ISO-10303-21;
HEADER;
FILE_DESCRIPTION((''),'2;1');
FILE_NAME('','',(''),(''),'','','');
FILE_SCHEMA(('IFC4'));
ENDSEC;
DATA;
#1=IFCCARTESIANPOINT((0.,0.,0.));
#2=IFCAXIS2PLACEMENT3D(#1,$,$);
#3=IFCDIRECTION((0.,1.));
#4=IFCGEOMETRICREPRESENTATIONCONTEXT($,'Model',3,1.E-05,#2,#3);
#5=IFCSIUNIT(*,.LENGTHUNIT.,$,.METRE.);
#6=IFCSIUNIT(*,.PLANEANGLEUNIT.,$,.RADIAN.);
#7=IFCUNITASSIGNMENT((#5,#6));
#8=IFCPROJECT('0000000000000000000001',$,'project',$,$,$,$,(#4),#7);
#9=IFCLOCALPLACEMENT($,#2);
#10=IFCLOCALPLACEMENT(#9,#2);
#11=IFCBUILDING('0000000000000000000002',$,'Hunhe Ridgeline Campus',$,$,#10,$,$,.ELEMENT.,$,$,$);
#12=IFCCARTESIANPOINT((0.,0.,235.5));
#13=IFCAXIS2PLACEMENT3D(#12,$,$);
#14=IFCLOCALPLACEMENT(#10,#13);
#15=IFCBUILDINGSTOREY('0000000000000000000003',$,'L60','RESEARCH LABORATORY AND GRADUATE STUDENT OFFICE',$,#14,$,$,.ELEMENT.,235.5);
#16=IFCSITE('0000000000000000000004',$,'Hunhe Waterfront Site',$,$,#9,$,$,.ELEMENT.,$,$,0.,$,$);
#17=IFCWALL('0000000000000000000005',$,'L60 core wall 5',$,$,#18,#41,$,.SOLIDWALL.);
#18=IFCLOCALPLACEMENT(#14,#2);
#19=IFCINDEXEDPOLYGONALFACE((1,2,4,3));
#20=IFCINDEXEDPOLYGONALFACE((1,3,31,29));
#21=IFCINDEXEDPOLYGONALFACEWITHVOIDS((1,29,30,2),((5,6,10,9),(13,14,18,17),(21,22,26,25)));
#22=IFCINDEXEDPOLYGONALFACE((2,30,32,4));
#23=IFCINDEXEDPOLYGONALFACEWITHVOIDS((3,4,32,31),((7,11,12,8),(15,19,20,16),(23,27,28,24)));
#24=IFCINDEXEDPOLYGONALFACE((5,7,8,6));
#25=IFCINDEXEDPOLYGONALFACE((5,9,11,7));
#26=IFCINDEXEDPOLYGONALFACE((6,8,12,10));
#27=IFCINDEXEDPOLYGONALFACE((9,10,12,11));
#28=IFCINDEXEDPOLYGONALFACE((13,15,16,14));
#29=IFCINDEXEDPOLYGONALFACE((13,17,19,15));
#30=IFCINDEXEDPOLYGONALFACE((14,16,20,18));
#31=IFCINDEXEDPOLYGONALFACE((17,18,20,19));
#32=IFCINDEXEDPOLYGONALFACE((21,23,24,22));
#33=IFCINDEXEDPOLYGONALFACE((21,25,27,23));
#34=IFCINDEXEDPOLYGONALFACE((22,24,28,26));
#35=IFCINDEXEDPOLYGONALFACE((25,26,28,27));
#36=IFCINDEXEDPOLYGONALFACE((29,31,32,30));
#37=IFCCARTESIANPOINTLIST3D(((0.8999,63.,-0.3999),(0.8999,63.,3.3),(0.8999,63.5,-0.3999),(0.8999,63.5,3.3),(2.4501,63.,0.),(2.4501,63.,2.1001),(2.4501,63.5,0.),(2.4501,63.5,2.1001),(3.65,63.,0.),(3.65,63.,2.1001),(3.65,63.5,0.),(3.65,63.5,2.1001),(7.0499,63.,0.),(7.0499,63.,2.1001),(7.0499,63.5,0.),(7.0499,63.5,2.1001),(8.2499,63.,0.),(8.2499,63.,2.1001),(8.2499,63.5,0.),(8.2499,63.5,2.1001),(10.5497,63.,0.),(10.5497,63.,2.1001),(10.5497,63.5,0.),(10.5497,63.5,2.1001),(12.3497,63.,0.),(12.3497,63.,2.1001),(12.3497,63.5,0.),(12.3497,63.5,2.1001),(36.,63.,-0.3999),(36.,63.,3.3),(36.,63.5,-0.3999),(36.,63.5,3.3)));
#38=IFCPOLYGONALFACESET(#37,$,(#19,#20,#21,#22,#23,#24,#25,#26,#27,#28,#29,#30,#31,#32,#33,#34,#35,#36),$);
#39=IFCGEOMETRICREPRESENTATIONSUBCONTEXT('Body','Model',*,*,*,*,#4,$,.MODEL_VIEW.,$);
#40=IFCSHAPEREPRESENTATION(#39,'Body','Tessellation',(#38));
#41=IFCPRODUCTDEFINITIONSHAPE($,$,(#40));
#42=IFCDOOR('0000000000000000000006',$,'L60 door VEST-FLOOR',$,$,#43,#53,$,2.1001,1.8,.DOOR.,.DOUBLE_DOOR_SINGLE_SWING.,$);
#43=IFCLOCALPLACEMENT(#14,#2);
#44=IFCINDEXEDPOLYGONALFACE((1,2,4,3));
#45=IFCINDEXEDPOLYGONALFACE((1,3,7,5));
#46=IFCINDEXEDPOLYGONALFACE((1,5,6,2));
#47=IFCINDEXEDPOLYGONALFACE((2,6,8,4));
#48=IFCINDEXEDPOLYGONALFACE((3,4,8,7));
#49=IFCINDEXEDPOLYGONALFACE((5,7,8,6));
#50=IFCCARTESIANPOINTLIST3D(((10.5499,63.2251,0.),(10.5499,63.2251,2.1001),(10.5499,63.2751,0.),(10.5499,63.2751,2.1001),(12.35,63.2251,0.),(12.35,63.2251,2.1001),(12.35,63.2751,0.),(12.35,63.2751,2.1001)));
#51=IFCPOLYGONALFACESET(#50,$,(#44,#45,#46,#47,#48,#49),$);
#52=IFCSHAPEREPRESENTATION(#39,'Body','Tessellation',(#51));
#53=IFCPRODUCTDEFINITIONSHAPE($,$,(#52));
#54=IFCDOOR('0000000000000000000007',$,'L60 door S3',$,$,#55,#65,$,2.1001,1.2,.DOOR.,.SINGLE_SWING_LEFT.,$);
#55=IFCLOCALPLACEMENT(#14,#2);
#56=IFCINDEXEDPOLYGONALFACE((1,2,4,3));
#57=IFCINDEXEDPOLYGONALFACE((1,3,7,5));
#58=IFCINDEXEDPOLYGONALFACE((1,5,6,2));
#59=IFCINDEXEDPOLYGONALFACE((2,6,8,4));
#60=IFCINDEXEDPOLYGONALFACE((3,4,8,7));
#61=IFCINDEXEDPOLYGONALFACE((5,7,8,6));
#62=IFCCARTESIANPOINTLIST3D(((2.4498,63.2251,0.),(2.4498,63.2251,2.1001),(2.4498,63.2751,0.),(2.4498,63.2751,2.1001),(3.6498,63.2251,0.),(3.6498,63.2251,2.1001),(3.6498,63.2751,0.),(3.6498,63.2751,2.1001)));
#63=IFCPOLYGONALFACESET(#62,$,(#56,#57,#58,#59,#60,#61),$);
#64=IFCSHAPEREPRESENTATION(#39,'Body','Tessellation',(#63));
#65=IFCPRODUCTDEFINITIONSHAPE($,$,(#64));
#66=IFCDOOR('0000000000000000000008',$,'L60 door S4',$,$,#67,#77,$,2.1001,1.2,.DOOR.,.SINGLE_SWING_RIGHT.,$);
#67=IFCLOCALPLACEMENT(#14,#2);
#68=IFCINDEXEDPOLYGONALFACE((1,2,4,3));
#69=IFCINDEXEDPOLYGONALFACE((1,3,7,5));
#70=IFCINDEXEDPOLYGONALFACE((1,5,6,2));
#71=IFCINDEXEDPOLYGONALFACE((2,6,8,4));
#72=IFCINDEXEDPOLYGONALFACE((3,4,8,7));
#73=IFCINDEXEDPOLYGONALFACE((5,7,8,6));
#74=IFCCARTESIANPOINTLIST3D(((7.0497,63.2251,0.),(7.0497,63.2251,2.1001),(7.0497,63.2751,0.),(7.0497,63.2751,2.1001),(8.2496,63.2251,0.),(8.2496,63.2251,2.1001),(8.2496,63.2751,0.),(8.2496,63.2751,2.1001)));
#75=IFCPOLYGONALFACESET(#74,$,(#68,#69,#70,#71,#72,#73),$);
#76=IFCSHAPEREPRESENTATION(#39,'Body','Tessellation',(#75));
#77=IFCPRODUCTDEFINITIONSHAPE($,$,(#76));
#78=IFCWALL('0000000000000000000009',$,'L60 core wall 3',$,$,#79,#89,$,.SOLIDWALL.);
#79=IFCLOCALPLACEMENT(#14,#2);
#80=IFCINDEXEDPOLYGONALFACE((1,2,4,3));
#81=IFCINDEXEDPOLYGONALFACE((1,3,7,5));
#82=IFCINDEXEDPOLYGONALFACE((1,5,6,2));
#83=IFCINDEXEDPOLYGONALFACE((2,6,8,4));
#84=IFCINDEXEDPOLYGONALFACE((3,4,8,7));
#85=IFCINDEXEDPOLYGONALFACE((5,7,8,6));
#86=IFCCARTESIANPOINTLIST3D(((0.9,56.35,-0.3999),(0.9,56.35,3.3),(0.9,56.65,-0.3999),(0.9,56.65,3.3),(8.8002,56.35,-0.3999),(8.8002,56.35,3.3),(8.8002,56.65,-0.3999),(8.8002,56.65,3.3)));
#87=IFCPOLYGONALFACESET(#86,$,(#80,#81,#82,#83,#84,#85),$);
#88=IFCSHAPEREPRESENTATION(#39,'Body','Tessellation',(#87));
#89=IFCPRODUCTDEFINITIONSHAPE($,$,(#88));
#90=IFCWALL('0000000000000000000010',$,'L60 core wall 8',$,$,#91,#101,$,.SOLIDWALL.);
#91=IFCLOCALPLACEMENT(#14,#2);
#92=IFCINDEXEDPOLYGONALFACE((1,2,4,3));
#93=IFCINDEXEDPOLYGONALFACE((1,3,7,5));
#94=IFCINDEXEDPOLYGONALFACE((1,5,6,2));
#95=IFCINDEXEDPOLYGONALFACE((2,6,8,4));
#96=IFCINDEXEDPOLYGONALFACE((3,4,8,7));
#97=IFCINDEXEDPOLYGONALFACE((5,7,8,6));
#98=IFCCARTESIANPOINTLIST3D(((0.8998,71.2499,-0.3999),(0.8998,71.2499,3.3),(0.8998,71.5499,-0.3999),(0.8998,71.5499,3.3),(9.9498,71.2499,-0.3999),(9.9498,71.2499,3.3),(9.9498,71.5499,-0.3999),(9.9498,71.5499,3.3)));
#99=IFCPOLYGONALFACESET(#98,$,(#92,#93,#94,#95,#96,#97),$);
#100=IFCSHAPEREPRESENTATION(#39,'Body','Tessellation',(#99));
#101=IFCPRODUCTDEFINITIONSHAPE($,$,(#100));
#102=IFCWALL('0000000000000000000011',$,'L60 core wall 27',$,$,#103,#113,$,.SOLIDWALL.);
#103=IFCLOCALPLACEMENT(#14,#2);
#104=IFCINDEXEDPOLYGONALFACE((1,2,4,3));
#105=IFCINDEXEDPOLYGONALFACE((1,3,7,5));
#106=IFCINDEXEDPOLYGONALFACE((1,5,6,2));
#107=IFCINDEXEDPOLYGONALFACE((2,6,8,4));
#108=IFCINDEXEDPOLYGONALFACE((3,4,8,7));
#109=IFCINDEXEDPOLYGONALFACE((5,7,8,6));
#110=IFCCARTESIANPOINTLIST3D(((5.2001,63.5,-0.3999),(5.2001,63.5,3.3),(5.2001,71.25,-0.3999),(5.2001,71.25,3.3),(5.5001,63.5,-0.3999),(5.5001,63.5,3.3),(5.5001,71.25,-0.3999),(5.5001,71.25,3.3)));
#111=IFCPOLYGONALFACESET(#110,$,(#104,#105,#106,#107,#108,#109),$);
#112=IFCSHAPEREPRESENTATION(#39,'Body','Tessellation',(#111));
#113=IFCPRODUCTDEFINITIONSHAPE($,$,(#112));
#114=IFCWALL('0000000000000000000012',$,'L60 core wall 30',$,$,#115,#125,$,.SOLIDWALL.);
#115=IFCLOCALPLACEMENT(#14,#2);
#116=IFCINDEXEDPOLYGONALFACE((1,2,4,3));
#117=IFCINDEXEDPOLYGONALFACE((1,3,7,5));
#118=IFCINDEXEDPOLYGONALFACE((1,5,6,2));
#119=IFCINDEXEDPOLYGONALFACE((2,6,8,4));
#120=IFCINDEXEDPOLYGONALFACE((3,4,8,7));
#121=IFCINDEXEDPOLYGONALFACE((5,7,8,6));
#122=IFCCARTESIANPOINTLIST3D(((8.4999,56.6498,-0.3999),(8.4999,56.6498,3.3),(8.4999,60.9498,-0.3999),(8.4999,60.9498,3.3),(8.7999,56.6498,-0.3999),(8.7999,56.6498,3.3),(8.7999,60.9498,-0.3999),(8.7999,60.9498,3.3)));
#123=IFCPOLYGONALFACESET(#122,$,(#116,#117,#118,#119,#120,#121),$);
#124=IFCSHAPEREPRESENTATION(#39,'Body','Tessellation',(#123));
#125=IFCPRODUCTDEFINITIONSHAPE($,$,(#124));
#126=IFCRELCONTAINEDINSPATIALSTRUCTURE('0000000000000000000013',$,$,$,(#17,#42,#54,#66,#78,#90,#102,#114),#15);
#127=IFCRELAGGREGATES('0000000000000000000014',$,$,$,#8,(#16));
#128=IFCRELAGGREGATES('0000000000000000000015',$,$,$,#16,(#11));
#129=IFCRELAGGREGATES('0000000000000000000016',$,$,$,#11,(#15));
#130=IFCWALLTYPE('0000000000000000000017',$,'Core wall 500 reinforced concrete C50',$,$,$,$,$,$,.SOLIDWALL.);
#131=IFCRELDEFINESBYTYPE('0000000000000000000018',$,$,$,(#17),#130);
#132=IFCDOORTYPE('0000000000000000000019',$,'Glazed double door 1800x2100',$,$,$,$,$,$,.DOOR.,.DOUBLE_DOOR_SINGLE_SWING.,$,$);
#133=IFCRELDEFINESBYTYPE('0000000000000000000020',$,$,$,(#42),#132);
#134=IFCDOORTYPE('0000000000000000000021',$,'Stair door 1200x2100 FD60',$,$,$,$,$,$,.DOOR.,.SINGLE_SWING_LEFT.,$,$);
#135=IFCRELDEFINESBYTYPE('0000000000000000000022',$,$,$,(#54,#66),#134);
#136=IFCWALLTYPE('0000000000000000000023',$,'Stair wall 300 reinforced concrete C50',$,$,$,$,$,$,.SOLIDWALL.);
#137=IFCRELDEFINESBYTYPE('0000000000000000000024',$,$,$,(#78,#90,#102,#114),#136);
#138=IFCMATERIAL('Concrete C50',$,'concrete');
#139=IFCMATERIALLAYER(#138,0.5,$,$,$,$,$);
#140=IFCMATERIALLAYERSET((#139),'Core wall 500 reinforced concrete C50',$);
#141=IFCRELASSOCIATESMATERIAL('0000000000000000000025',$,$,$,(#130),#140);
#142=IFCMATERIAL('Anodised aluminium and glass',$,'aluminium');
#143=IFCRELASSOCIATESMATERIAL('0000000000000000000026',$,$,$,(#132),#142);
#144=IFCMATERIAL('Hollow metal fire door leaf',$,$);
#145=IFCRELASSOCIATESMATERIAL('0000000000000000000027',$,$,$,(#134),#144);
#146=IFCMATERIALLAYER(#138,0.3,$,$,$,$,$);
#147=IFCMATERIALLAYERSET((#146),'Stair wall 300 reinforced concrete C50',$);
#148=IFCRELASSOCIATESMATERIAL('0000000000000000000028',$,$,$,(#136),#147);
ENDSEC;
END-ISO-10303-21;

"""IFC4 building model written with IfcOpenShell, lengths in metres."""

from ifc_helpers import new_model, si_unit, direction, frame, frame_2d, origin, place, context, subcontext, project, spatial, rectangle, extrude, material, layer, layer_set, type_object, element, fill, save


model = new_model("IFC4")

# Units and contexts
model_context = context("Model", 3, precision=1e-05, world=origin(), true_north=direction((0.0, 1.0)))
body_context = subcontext(model_context, "Body", "Model", "MODEL_VIEW")
ifc_project = project(units=[si_unit("LENGTHUNIT", "METRE"), si_unit("PLANEANGLEUNIT", "RADIAN")], contexts=[model_context])

# Site, building, storey
site_placement = place(None, origin())
site = spatial("IfcSite", under=ifc_project, at=site_placement, Name="Hunhe Waterfront Site", CompositionType="ELEMENT", RefElevation=0.0)
building_placement = place(site_placement, origin())
building = spatial("IfcBuilding", under=site, at=building_placement, Name="Hunhe Ridgeline Campus", CompositionType="ELEMENT")
storey_placement = place(building_placement, frame((0.0, 0.0, 235.5)))
storey = spatial("IfcBuildingStorey", under=building, at=storey_placement, Name="L60", Description="RESEARCH LABORATORY AND GRADUATE STUDENT OFFICE", CompositionType="ELEMENT", Elevation=235.5)

# Wall, openings, doors
ifc_material_1 = material(Name="Concrete C50", Category="concrete")
ifc_layer_1 = layer(ifc_material_1, 0.5)
ifc_layer_set_1 = layer_set([ifc_layer_1], Name="Core wall 500 reinforced concrete C50")
wall_type_1 = type_object("IfcWallType", Name="Core wall 500 reinforced concrete C50", PredefinedType="SOLIDWALL", material=ifc_layer_set_1)
wall_1_placement = place(storey_placement, frame((0.8999, 63.25, -0.3999), z_axis=(0.0, 0.0, 1.0), x_axis=(1.0, 0.0, 0.0)))
wall_1 = element("IfcWall", 1, at=wall_1_placement, inside=storey, type_object=wall_type_1, Name="L60 core wall 5", PredefinedType="SOLIDWALL", context=body_context, shape_type="SweptSolid", body=[
    extrude(rectangle(XDim=35.1001, YDim=0.5, at=frame_2d((17.55, 0.0))), origin(), (0.0, 0.0, 1.0), 3.7),
])
opening_1_placement = place(wall_1_placement, frame((9.6499, 0.0, 0.3999)))
opening_1 = element("IfcOpeningElement", 2, at=opening_1_placement, cuts=wall_1, PredefinedType="OPENING", context=body_context, shape_type="SweptSolid", body=[
    extrude(rectangle(XDim=1.8, YDim=2.1001, at=frame_2d((0.8999, 1.05))), frame((0.0, 0.25, 0.0), z_axis=(0.0, -1.0, 0.0), x_axis=(1.0, 0.0, 0.0)), (0.0, 0.0, 1.0), 0.5),
])
opening_2_placement = place(wall_1_placement, frame((1.55, 0.0, 0.3999)))
opening_2 = element("IfcOpeningElement", 3, at=opening_2_placement, cuts=wall_1, PredefinedType="OPENING", context=body_context, shape_type="SweptSolid", body=[
    extrude(rectangle(XDim=1.2, YDim=2.1001, at=frame_2d((0.6001, 1.05))), frame((0.0, 0.25, 0.0), z_axis=(0.0, -1.0, 0.0), x_axis=(1.0, 0.0, 0.0)), (0.0, 0.0, 1.0), 0.5),
])
opening_3_placement = place(wall_1_placement, frame((6.1499, 0.0, 0.3999)))
opening_3 = element("IfcOpeningElement", 4, at=opening_3_placement, cuts=wall_1, PredefinedType="OPENING", context=body_context, shape_type="SweptSolid", body=[
    extrude(rectangle(XDim=1.2, YDim=2.1001, at=frame_2d((0.6001, 1.05))), frame((0.0, 0.25, 0.0), z_axis=(0.0, -1.0, 0.0), x_axis=(1.0, 0.0, 0.0)), (0.0, 0.0, 1.0), 0.5),
])
ifc_material_2 = material(Name="Anodised aluminium and glass", Category="aluminium")
door_type_1 = type_object("IfcDoorType", Name="Glazed double door 1800x2100", OperationType="DOUBLE_DOOR_SINGLE_SWING", PredefinedType="DOOR", material=ifc_material_2)
door_1_placement = place(opening_1_placement, frame((1.8, 0.0, 0.0), z_axis=(0.0, 0.0, 1.0), x_axis=(-1.0, 0.0, 0.0)))
door_1 = element("IfcDoor", 5, at=door_1_placement, inside=storey, type_object=door_type_1, Name="L60 door VEST-FLOOR", OperationType="DOUBLE_DOOR_SINGLE_SWING", OverallHeight=2.1001, OverallWidth=1.8, PredefinedType="DOOR", context=body_context, shape_type="SweptSolid", body=[
    extrude(rectangle(XDim=1.8, YDim=2.1001, at=frame_2d((0.8999, 1.05))), frame((0.0, 0.0249, 0.0), z_axis=(0.0, -1.0, 0.0), x_axis=(1.0, 0.0, 0.0)), (0.0, 0.0, 1.0), 0.05),
])
fill(opening_1, door_1)
ifc_material_3 = material(Name="Hollow metal fire door leaf")
door_type_2 = type_object("IfcDoorType", Name="Stair door 1200x2100 FD60", OperationType="SINGLE_SWING_LEFT", PredefinedType="DOOR", material=ifc_material_3)
door_2_placement = place(opening_2_placement, frame((1.2, 0.0, 0.0), z_axis=(0.0, 0.0, 1.0), x_axis=(-1.0, 0.0, 0.0)))
door_2 = element("IfcDoor", 6, at=door_2_placement, inside=storey, type_object=door_type_2, Name="L60 door S3", OperationType="SINGLE_SWING_LEFT", OverallHeight=2.1001, OverallWidth=1.2, PredefinedType="DOOR", context=body_context, shape_type="SweptSolid", body=[
    extrude(rectangle(XDim=1.2, YDim=2.1001, at=frame_2d((0.6001, 1.05))), frame((0.0, 0.0249, 0.0), z_axis=(0.0, -1.0, 0.0), x_axis=(1.0, 0.0, 0.0)), (0.0, 0.0, 1.0), 0.05),
])
fill(opening_2, door_2)
door_3_placement = place(opening_3_placement, frame((1.2, 0.0, 0.0), z_axis=(0.0, 0.0, 1.0), x_axis=(-1.0, 0.0, 0.0)))
door_3 = element("IfcDoor", 7, at=door_3_placement, inside=storey, type_object=door_type_2, Name="L60 door S4", OperationType="SINGLE_SWING_RIGHT", OverallHeight=2.1001, OverallWidth=1.2, PredefinedType="DOOR", context=body_context, shape_type="SweptSolid", body=[
    extrude(rectangle(XDim=1.2, YDim=2.1001, at=frame_2d((0.6001, 1.05))), frame((0.0, 0.0249, 0.0), z_axis=(0.0, -1.0, 0.0), x_axis=(1.0, 0.0, 0.0)), (0.0, 0.0, 1.0), 0.05),
])
fill(opening_3, door_3)

# Wall
ifc_layer_2 = layer(ifc_material_1, 0.3)
ifc_layer_set_2 = layer_set([ifc_layer_2], Name="Stair wall 300 reinforced concrete C50")
wall_type_2 = type_object("IfcWallType", Name="Stair wall 300 reinforced concrete C50", PredefinedType="SOLIDWALL", material=ifc_layer_set_2)
wall_2_placement = place(storey_placement, frame((0.8999, 56.5, -0.3999), z_axis=(0.0, 0.0, 1.0), x_axis=(1.0, 0.0, 0.0)))
element("IfcWall", 8, at=wall_2_placement, inside=storey, type_object=wall_type_2, Name="L60 core wall 3", PredefinedType="SOLIDWALL", context=body_context, shape_type="SweptSolid", body=[
    extrude(rectangle(XDim=7.9001, YDim=0.3, at=frame_2d((3.9502, 0.0))), origin(), (0.0, 0.0, 1.0), 3.7),
])

# Walls
wall_3_placement = place(storey_placement, frame((0.8999, 71.3999, -0.3999), z_axis=(0.0, 0.0, 1.0), x_axis=(1.0, 0.0, 0.0)))
element("IfcWall", 9, at=wall_3_placement, inside=storey, type_object=wall_type_2, Name="L60 core wall 8", PredefinedType="SOLIDWALL", context=body_context, shape_type="SweptSolid", body=[
    extrude(rectangle(XDim=9.05, YDim=0.3, at=frame_2d((4.5249, 0.0))), origin(), (0.0, 0.0, 1.0), 3.7),
])
wall_4_placement = place(storey_placement, frame((5.3501, 63.5, -0.3999), z_axis=(0.0, 0.0, 1.0), x_axis=(0.0, 1.0, 0.0)))
element("IfcWall", 10, at=wall_4_placement, inside=storey, type_object=wall_type_2, Name="L60 core wall 27", PredefinedType="SOLIDWALL", context=body_context, shape_type="SweptSolid", body=[
    extrude(rectangle(XDim=7.75, YDim=0.3, at=frame_2d((3.875, 0.0))), origin(), (0.0, 0.0, 1.0), 3.7),
])
wall_5_placement = place(storey_placement, frame((8.6499, 56.6499, -0.3999), z_axis=(0.0, 0.0, 1.0), x_axis=(0.0, 1.0, 0.0)))
element("IfcWall", 11, at=wall_5_placement, inside=storey, type_object=wall_type_2, Name="L60 core wall 30", PredefinedType="SOLIDWALL", context=body_context, shape_type="SweptSolid", body=[
    extrude(rectangle(XDim=4.3, YDim=0.3, at=frame_2d((2.1499, 0.0))), origin(), (0.0, 0.0, 1.0), 3.7),
])

save(model, "model.ifc")
